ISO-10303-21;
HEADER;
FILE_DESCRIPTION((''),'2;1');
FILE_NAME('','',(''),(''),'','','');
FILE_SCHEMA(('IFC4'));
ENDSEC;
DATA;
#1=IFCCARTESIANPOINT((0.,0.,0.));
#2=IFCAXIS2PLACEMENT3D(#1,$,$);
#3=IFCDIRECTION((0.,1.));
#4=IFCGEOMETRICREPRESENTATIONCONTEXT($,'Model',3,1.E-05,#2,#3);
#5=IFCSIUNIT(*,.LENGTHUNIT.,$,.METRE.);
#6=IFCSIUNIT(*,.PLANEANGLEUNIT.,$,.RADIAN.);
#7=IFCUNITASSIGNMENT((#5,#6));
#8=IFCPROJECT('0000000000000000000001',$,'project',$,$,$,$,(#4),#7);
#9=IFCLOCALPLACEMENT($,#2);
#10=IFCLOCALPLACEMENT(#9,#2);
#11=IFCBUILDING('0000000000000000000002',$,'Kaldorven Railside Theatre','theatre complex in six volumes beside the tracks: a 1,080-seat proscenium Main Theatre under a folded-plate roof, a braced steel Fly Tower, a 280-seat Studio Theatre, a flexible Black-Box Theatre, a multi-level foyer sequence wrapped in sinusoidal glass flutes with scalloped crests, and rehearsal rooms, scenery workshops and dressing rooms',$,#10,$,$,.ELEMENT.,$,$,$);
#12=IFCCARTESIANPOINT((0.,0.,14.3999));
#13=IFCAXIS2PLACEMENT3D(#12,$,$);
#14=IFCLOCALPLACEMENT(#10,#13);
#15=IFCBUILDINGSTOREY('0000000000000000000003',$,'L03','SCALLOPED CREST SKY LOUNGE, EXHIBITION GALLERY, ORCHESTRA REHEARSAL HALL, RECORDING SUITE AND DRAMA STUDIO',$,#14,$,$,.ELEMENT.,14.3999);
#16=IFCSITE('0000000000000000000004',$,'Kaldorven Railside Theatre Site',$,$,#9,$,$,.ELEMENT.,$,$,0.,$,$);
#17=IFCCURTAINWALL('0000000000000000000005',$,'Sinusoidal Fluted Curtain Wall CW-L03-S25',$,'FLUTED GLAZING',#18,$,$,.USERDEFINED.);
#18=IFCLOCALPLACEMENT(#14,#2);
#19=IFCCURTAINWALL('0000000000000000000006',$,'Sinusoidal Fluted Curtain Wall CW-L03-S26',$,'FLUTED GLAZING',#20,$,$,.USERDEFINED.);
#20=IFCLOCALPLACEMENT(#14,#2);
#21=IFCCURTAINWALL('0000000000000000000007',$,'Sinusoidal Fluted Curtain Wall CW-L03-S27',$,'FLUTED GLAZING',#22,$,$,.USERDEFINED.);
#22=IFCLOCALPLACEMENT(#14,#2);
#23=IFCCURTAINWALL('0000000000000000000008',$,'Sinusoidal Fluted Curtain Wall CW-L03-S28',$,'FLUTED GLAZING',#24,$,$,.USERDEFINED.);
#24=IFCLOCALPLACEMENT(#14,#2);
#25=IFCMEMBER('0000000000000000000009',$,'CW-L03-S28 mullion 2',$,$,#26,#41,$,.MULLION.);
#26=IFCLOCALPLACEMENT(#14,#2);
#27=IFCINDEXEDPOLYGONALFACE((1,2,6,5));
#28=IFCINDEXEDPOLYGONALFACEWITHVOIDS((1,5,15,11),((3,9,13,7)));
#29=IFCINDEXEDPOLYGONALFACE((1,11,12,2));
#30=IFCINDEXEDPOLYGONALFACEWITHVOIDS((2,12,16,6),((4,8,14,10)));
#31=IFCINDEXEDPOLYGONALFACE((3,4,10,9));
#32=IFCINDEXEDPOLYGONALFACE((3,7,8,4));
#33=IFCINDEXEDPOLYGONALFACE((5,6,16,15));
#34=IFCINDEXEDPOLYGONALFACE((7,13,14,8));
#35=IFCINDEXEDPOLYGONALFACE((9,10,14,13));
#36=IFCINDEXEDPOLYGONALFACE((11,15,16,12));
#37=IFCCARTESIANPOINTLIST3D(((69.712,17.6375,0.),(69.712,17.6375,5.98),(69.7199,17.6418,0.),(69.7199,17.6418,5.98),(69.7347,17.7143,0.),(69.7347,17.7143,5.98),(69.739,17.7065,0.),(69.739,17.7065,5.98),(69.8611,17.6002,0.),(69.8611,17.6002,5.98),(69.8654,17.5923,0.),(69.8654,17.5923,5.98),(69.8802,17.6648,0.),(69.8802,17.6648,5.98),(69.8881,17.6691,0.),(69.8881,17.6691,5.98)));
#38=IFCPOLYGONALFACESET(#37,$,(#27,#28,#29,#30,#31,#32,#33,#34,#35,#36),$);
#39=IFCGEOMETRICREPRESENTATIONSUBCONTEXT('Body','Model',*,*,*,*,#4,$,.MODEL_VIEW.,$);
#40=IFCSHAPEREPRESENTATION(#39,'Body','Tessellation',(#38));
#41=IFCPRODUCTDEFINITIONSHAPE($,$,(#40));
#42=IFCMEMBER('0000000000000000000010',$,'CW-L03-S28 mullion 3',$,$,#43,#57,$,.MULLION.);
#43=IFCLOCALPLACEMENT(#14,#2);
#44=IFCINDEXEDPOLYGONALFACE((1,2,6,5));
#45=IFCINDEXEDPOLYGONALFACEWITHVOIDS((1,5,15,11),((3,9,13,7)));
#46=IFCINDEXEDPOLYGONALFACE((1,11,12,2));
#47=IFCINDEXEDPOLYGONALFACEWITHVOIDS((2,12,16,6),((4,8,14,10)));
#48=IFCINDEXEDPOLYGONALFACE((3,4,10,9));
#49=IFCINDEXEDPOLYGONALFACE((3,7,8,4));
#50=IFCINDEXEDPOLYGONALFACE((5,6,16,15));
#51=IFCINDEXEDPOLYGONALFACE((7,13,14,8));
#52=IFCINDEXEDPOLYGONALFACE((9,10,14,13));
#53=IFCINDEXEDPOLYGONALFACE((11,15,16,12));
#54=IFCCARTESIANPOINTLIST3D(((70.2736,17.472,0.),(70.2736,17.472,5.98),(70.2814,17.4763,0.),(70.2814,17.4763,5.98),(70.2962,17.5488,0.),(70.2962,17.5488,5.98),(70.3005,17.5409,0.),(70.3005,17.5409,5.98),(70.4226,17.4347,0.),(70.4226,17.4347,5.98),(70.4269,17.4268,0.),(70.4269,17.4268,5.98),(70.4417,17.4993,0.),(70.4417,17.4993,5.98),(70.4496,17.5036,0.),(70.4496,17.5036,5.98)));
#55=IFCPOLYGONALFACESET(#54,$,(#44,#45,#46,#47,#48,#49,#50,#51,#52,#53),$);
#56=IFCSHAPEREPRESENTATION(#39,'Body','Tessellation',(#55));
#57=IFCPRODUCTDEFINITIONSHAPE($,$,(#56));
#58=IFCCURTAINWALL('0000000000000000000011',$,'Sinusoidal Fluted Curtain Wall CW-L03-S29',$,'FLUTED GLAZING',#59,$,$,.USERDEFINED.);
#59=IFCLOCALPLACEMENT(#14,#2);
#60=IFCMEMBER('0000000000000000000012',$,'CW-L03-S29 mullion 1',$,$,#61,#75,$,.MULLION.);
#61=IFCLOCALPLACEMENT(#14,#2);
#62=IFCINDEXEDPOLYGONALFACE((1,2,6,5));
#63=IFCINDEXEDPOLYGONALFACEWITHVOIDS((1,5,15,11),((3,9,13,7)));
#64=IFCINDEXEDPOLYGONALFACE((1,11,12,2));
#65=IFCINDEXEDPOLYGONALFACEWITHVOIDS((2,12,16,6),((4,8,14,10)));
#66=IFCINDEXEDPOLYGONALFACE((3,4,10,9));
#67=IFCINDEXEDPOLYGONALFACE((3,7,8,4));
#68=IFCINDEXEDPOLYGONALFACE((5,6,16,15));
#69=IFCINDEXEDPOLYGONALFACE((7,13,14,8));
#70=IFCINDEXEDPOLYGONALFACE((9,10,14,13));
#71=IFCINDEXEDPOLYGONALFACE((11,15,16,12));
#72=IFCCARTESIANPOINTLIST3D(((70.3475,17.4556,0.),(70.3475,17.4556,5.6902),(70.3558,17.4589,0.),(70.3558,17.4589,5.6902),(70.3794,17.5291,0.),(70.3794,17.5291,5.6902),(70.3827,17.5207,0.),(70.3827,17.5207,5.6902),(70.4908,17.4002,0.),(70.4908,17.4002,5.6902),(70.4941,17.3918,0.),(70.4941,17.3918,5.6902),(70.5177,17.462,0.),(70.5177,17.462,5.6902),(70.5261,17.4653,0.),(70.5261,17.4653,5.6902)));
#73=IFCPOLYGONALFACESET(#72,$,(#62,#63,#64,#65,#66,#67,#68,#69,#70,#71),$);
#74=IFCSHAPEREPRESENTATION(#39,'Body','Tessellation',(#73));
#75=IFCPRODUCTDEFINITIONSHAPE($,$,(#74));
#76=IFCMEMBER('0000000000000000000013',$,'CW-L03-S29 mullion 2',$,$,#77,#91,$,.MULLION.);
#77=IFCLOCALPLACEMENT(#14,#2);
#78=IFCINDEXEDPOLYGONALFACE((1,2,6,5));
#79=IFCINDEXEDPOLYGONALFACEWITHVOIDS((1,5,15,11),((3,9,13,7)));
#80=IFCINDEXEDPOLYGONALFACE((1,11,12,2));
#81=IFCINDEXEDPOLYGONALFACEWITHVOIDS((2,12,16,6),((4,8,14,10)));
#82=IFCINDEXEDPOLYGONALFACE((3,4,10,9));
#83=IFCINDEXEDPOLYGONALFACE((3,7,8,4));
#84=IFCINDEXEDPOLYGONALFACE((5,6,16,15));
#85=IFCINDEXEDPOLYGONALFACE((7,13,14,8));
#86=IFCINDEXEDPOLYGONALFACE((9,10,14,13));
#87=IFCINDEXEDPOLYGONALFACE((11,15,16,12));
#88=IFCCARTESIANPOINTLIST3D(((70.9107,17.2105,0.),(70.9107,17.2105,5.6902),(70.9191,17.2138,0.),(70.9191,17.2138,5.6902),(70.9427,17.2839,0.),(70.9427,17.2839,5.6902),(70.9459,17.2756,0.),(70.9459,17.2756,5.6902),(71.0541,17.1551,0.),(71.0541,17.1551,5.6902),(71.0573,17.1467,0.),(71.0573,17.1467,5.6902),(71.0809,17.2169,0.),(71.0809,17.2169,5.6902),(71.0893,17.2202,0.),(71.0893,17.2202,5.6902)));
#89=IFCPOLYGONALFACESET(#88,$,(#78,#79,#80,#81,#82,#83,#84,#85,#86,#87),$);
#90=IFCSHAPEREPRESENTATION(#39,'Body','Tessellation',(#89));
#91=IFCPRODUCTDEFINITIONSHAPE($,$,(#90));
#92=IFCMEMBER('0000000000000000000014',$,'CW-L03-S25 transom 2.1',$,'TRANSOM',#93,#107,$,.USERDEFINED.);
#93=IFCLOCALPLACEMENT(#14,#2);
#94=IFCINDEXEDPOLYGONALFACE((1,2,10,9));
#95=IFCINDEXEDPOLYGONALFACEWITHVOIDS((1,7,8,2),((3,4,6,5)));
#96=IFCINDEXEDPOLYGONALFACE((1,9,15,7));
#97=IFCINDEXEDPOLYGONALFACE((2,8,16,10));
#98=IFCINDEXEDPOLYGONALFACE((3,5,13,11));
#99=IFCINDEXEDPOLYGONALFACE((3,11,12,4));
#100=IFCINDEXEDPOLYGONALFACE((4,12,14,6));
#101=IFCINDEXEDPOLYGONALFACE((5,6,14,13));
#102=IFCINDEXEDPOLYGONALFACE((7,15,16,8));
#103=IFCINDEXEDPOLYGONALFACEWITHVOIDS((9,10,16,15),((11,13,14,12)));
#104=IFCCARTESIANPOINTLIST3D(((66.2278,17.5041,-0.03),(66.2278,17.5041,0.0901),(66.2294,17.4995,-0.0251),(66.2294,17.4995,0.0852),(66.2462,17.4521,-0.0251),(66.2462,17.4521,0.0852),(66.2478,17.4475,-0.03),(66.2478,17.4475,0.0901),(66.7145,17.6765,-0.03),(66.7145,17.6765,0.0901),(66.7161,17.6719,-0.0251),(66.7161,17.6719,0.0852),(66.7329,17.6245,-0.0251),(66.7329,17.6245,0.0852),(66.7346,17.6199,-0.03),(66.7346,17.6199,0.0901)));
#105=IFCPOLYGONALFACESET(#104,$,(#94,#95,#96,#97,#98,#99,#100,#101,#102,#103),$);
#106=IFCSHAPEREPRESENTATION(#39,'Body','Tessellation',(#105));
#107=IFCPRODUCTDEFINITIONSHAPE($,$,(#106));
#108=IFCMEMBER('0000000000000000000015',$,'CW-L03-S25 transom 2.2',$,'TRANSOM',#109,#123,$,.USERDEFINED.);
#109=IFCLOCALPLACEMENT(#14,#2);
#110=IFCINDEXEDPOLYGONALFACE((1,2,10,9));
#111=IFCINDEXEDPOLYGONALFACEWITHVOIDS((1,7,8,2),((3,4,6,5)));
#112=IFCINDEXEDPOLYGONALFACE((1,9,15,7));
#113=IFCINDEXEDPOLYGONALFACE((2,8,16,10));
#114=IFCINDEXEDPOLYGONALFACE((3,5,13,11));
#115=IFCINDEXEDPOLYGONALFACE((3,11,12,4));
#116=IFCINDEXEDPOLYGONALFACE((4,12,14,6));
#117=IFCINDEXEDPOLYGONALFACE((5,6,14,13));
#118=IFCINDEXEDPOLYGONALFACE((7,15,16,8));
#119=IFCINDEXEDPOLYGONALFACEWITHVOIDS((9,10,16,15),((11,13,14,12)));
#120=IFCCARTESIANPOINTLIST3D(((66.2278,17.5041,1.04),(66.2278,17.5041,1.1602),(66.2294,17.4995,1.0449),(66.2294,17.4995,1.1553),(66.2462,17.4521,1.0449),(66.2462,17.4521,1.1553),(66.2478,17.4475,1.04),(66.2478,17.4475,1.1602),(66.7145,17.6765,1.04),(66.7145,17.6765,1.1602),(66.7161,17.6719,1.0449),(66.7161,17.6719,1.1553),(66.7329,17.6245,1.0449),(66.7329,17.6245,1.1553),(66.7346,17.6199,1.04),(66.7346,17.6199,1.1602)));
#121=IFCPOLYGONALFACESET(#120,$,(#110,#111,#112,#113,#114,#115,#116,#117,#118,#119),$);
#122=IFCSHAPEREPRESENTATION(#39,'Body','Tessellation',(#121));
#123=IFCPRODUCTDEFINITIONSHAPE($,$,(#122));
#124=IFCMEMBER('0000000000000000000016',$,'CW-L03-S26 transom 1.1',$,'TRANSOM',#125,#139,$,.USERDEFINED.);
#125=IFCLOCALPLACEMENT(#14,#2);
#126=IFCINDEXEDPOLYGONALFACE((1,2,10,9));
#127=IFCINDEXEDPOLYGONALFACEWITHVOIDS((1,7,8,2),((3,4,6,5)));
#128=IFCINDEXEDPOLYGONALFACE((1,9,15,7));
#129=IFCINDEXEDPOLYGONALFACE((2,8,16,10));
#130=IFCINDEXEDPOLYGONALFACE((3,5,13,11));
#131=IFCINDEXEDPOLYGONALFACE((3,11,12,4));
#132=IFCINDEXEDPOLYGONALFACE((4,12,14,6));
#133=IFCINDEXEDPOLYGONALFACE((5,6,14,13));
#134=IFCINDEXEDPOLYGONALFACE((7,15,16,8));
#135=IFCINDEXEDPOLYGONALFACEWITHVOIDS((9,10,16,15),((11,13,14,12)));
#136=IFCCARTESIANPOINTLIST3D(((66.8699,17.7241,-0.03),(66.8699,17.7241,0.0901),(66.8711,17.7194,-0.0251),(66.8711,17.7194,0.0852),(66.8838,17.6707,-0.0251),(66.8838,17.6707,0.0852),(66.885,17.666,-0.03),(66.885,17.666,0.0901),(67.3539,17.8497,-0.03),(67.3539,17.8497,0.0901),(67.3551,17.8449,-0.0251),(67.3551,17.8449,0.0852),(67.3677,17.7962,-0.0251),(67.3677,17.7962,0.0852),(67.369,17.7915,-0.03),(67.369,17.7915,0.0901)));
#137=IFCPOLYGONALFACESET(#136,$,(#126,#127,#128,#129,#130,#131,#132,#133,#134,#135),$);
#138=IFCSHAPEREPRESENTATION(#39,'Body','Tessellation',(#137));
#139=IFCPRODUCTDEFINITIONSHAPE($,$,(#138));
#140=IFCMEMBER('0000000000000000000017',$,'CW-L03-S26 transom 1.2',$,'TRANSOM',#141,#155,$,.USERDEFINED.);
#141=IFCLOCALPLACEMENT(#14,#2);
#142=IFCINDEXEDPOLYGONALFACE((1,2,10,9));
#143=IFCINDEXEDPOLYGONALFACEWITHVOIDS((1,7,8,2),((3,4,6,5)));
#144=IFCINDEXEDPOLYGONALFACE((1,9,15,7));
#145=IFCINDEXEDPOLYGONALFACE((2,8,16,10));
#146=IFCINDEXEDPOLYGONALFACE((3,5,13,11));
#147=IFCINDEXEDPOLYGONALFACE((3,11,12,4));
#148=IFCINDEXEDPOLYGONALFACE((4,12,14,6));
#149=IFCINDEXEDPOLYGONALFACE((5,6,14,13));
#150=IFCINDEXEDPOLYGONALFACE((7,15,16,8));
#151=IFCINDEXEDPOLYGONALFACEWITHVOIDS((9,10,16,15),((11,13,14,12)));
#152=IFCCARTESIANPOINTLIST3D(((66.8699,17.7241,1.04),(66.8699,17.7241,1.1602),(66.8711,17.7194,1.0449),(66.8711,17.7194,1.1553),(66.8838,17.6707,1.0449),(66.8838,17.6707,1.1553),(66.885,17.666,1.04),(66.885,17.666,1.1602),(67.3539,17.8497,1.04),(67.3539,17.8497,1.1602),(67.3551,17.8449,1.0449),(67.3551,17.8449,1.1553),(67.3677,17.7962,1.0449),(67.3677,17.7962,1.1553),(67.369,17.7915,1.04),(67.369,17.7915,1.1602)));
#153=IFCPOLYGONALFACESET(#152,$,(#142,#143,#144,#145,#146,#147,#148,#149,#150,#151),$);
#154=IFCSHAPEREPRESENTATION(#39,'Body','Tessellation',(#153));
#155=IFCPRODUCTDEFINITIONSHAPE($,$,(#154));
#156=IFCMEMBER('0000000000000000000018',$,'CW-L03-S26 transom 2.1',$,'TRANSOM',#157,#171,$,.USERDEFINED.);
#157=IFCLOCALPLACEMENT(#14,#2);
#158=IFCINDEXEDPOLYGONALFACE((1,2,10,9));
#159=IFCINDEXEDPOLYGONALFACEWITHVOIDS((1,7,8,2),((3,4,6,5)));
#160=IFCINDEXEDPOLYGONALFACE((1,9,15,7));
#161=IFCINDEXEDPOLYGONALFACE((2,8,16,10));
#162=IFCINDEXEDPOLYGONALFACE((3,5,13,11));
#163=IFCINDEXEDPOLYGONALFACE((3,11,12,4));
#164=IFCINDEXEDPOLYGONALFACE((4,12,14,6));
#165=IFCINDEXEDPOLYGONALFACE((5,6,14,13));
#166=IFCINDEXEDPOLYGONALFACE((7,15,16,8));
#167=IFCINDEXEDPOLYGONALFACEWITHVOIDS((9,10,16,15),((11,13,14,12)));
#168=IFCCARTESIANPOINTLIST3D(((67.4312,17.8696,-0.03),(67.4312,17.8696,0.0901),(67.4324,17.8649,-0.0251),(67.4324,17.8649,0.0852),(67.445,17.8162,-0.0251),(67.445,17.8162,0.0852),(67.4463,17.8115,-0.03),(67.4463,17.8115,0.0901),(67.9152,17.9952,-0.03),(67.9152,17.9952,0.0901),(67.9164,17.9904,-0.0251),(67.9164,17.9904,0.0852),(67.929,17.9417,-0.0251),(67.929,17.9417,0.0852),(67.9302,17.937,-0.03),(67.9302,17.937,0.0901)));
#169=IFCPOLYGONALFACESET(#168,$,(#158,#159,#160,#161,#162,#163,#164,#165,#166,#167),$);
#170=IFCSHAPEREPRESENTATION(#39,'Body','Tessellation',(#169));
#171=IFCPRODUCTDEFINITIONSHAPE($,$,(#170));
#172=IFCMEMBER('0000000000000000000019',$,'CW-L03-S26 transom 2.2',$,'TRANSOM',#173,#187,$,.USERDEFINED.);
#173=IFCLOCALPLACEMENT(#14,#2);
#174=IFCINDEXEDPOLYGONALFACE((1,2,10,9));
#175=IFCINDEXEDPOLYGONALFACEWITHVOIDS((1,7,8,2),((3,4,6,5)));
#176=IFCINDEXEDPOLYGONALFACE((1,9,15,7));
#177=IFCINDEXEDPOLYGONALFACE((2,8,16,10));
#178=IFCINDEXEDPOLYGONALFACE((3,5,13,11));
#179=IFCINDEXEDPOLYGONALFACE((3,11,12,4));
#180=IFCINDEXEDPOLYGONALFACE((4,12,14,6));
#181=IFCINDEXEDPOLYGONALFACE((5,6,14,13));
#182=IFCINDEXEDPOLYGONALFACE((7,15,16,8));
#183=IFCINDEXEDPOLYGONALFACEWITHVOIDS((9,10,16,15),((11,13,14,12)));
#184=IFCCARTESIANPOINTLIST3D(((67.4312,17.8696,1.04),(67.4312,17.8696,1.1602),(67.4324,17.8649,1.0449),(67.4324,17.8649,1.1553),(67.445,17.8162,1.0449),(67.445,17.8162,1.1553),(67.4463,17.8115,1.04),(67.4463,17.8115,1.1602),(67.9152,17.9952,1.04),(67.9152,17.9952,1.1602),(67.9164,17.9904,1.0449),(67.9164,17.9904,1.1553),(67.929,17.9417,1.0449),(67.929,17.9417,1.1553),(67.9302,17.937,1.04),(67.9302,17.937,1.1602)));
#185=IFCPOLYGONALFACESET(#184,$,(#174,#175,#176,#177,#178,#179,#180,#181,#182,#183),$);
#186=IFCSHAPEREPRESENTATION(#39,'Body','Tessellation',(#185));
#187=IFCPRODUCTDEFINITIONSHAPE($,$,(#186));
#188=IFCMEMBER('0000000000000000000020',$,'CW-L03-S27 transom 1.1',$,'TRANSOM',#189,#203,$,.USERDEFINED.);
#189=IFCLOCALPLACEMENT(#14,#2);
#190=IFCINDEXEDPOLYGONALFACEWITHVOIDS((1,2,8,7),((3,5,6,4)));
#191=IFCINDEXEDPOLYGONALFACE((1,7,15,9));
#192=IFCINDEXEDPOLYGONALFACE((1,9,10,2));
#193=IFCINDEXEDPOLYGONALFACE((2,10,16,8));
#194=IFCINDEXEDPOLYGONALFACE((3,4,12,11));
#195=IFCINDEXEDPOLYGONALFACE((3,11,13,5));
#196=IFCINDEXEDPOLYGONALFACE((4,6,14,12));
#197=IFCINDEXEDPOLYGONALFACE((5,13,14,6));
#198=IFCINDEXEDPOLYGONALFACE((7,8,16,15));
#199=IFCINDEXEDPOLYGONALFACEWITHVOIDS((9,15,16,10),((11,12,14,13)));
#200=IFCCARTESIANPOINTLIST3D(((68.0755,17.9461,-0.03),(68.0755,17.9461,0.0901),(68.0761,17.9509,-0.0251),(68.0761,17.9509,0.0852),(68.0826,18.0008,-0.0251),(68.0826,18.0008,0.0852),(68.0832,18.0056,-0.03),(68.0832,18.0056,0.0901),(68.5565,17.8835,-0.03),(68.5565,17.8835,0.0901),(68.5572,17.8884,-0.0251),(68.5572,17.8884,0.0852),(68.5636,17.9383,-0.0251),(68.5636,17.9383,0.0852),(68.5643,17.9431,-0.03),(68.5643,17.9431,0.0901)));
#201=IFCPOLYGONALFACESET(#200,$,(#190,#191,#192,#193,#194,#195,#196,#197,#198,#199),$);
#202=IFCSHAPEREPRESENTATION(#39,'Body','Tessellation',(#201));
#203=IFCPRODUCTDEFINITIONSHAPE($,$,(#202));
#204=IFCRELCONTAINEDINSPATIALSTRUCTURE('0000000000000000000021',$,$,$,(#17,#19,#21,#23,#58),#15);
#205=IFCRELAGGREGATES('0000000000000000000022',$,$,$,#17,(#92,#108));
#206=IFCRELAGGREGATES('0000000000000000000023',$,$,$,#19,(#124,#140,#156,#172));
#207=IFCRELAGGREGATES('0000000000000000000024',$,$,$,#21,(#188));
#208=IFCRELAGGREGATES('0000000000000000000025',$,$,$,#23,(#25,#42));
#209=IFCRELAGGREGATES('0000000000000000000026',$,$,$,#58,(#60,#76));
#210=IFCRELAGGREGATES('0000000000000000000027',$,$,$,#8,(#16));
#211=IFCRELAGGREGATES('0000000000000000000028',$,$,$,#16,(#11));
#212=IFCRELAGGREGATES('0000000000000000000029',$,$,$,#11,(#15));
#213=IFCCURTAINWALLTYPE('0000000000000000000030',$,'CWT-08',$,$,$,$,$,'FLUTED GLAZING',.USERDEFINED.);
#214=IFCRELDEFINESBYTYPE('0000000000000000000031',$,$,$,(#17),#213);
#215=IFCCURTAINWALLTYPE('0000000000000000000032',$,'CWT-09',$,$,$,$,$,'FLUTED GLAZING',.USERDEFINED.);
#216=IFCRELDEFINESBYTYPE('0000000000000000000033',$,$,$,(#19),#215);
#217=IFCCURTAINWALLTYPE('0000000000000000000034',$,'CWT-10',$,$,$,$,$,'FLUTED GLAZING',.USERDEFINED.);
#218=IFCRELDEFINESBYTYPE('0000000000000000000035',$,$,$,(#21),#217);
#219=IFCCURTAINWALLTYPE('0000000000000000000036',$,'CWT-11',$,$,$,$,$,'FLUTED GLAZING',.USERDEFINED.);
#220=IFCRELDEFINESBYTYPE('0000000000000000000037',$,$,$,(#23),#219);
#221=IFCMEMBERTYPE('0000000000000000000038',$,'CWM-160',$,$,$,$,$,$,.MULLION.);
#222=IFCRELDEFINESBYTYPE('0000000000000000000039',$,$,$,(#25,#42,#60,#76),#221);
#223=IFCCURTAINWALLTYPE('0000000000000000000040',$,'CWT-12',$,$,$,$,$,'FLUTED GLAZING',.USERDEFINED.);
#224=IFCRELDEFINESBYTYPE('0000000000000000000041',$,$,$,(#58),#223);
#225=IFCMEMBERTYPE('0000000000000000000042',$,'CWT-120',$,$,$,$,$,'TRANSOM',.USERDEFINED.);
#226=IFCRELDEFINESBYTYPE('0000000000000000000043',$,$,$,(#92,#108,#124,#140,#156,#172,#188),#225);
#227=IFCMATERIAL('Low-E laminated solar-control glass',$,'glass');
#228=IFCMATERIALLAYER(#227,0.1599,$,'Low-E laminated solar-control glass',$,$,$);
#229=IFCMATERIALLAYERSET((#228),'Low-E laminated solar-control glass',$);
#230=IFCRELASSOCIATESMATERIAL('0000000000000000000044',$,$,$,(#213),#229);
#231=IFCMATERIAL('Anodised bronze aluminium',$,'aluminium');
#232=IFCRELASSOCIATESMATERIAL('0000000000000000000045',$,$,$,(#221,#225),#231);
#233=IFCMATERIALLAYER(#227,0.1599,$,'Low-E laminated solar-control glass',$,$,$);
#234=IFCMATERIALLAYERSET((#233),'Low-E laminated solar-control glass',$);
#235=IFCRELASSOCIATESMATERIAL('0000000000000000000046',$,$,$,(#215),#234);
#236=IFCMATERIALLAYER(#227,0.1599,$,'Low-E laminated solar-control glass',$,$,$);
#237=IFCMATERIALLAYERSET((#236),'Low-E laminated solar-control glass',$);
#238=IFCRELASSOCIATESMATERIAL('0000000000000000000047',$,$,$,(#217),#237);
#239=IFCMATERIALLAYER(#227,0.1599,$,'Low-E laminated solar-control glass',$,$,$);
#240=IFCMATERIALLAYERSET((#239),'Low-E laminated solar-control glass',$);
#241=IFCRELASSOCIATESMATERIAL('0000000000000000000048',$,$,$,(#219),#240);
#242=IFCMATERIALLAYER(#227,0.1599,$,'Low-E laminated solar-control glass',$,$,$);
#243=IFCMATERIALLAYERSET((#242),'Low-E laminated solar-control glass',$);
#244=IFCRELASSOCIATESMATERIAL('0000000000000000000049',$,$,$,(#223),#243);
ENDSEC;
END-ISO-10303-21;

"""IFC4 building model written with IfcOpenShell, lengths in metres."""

from ifc_helpers import new_model, si_unit, direction, frame, origin, origin_2d, place, context, subcontext, project, spatial, hollow_rectangle, extrude, material, layer, layer_set, material_profile, profile_set, type_object, element, aggregate, save


model = new_model("IFC4")

# Units and contexts
model_context = context("Model", 3, precision=1e-05, world=origin(), true_north=direction((0.0, 1.0)))
body_context = subcontext(model_context, "Body", "Model", "MODEL_VIEW")
ifc_project = project(units=[si_unit("LENGTHUNIT", "METRE"), si_unit("PLANEANGLEUNIT", "RADIAN")], contexts=[model_context])

# Site, building, storey
site_placement = place(None, origin())
site = spatial("IfcSite", under=ifc_project, at=site_placement, Name="Kaldorven Railside Theatre Site", CompositionType="ELEMENT", RefElevation=0.0)
building_placement = place(site_placement, origin())
building = spatial("IfcBuilding", under=site, at=building_placement, Name="Kaldorven Railside Theatre", Description="theatre complex in six volumes beside the tracks: a 1,080-seat proscenium Main Theatre under a folded-plate roof, a braced steel Fly Tower, a 280-seat Studio Theatre, a flexible Black-Box Theatre, a multi-level foyer sequence wrapped in sinusoidal glass flutes with scalloped crests, and rehearsal rooms, scenery workshops and dressing rooms", CompositionType="ELEMENT")
storey_placement = place(building_placement, frame((0.0, 0.0, 14.3999)))
storey = spatial("IfcBuildingStorey", under=building, at=storey_placement, Name="L03", Description="SCALLOPED CREST SKY LOUNGE, EXHIBITION GALLERY, ORCHESTRA REHEARSAL HALL, RECORDING SUITE AND DRAMA STUDIO", CompositionType="ELEMENT", Elevation=14.3999)

# Curtain walls, members
ifc_material_1 = material(Name="Low-E laminated solar-control glass", Category="glass")
ifc_layer_1 = layer(ifc_material_1, 0.1599, Name="Low-E laminated solar-control glass")
ifc_layer_set_1 = layer_set([ifc_layer_1], Name="Low-E laminated solar-control glass")
curtain_wall_type_1 = type_object("IfcCurtainWallType", Name="CWT-08", ElementType="FLUTED GLAZING", PredefinedType="USERDEFINED", material=ifc_layer_set_1)
curtain_wall_1_placement = place(storey_placement, origin())
curtain_wall_1 = element("IfcCurtainWall", 1, at=curtain_wall_1_placement, inside=storey, type_object=curtain_wall_type_1, Name="Sinusoidal Fluted Curtain Wall CW-L03-S25", ObjectType="FLUTED GLAZING", PredefinedType="USERDEFINED")
ifc_material_2 = material(Name="Anodised bronze aluminium", Category="aluminium")
ifc_material_profile_1 = material_profile(ifc_material_2, hollow_rectangle(XDim=0.0801, YDim=0.1599, WallThickness=0.0063, at=origin_2d()), Name="RHS 160x80x6.3")
ifc_profile_set_1 = profile_set([ifc_material_profile_1], Name="Anodised bronze aluminium")
member_type_1 = type_object("IfcMemberType", Name="CWM-160", PredefinedType="MULLION", material=ifc_profile_set_1)
ifc_layer_2 = layer(ifc_material_1, 0.1599, Name="Low-E laminated solar-control glass")
ifc_layer_set_2 = layer_set([ifc_layer_2], Name="Low-E laminated solar-control glass")
curtain_wall_type_2 = type_object("IfcCurtainWallType", Name="CWT-09", ElementType="FLUTED GLAZING", PredefinedType="USERDEFINED", material=ifc_layer_set_2)
curtain_wall_2_placement = place(storey_placement, origin())
curtain_wall_2 = element("IfcCurtainWall", 2, at=curtain_wall_2_placement, inside=storey, type_object=curtain_wall_type_2, Name="Sinusoidal Fluted Curtain Wall CW-L03-S26", ObjectType="FLUTED GLAZING", PredefinedType="USERDEFINED")
ifc_layer_3 = layer(ifc_material_1, 0.1599, Name="Low-E laminated solar-control glass")
ifc_layer_set_3 = layer_set([ifc_layer_3], Name="Low-E laminated solar-control glass")
curtain_wall_type_3 = type_object("IfcCurtainWallType", Name="CWT-10", ElementType="FLUTED GLAZING", PredefinedType="USERDEFINED", material=ifc_layer_set_3)
curtain_wall_3_placement = place(storey_placement, origin())
curtain_wall_3 = element("IfcCurtainWall", 3, at=curtain_wall_3_placement, inside=storey, type_object=curtain_wall_type_3, Name="Sinusoidal Fluted Curtain Wall CW-L03-S27", ObjectType="FLUTED GLAZING", PredefinedType="USERDEFINED")
ifc_layer_4 = layer(ifc_material_1, 0.1599, Name="Low-E laminated solar-control glass")
ifc_layer_set_4 = layer_set([ifc_layer_4], Name="Low-E laminated solar-control glass")
curtain_wall_type_4 = type_object("IfcCurtainWallType", Name="CWT-11", ElementType="FLUTED GLAZING", PredefinedType="USERDEFINED", material=ifc_layer_set_4)
curtain_wall_4_placement = place(storey_placement, origin())
curtain_wall_4 = element("IfcCurtainWall", 4, at=curtain_wall_4_placement, inside=storey, type_object=curtain_wall_type_4, Name="Sinusoidal Fluted Curtain Wall CW-L03-S28", ObjectType="FLUTED GLAZING", PredefinedType="USERDEFINED")
member_1_placement = place(storey_placement, frame((69.8, 17.6533, 0.0), z_axis=(0.0, 0.0, 1.0), x_axis=(0.282872, 0.959158, 0.0)))
member_1 = element("IfcMember", 5, at=member_1_placement, type_object=member_type_1, Name="CW-L03-S28 mullion 2", PredefinedType="MULLION", context=body_context, shape_type="SweptSolid", body=[
    extrude(hollow_rectangle(XDim=0.0801, YDim=0.1599, WallThickness=0.0063, at=origin_2d()), origin(), (0.0, 0.0, 1.0), 5.98),
])
member_2_placement = place(storey_placement, frame((70.3616, 17.4878, 0.0), z_axis=(0.0, 0.0, 1.0), x_axis=(0.282872, 0.959158, 0.0)))
member_2 = element("IfcMember", 6, at=member_2_placement, type_object=member_type_1, Name="CW-L03-S28 mullion 3", PredefinedType="MULLION", context=body_context, shape_type="SweptSolid", body=[
    extrude(hollow_rectangle(XDim=0.0801, YDim=0.1599, WallThickness=0.0063, at=origin_2d()), origin(), (0.0, 0.0, 1.0), 5.98),
])
ifc_layer_5 = layer(ifc_material_1, 0.1599, Name="Low-E laminated solar-control glass")
ifc_layer_set_5 = layer_set([ifc_layer_5], Name="Low-E laminated solar-control glass")
curtain_wall_type_5 = type_object("IfcCurtainWallType", Name="CWT-12", ElementType="FLUTED GLAZING", PredefinedType="USERDEFINED", material=ifc_layer_set_5)
curtain_wall_5_placement = place(storey_placement, origin())
curtain_wall_5 = element("IfcCurtainWall", 7, at=curtain_wall_5_placement, inside=storey, type_object=curtain_wall_type_5, Name="Sinusoidal Fluted Curtain Wall CW-L03-S29", ObjectType="FLUTED GLAZING", PredefinedType="USERDEFINED")
member_3_placement = place(storey_placement, frame((70.4368, 17.4604, 0.0), z_axis=(0.0, 0.0, 1.0), x_axis=(0.398894, 0.916997, 0.0)))
member_3 = element("IfcMember", 8, at=member_3_placement, type_object=member_type_1, Name="CW-L03-S29 mullion 1", PredefinedType="MULLION", context=body_context, shape_type="SweptSolid", body=[
    extrude(hollow_rectangle(XDim=0.0801, YDim=0.1599, WallThickness=0.0063, at=origin_2d()), origin(), (0.0, 0.0, 1.0), 5.6902),
])
member_4_placement = place(storey_placement, frame((71.0, 17.2153, 0.0), z_axis=(0.0, 0.0, 1.0), x_axis=(0.398894, 0.916997, 0.0)))
member_4 = element("IfcMember", 9, at=member_4_placement, type_object=member_type_1, Name="CW-L03-S29 mullion 2", PredefinedType="MULLION", context=body_context, shape_type="SweptSolid", body=[
    extrude(hollow_rectangle(XDim=0.0801, YDim=0.1599, WallThickness=0.0063, at=origin_2d()), origin(), (0.0, 0.0, 1.0), 5.6902),
])

# Members
ifc_material_profile_2 = material_profile(ifc_material_2, hollow_rectangle(XDim=0.0601, YDim=0.1201, WallThickness=0.0049, at=origin_2d()), Name="RHS 120x60x5")
ifc_profile_set_2 = profile_set([ifc_material_profile_2], Name="Anodised bronze aluminium")
member_type_2 = type_object("IfcMemberType", Name="CWT-120", ElementType="TRANSOM", PredefinedType="USERDEFINED", material=ifc_profile_set_2)
member_5_placement = place(storey_placement, frame((66.2378, 17.4758, 0.03), z_axis=(0.942658, 0.33376, 0.0), x_axis=(-0.33376, 0.942658, 0.0)))
member_5 = element("IfcMember", 10, at=member_5_placement, type_object=member_type_2, Name="CW-L03-S25 transom 2.1", ObjectType="TRANSOM", PredefinedType="USERDEFINED", context=body_context, shape_type="SweptSolid", body=[
    extrude(hollow_rectangle(XDim=0.0601, YDim=0.1201, WallThickness=0.0049, at=origin_2d()), origin(), (0.0, 0.0, 1.0), 0.5164),
])
member_6_placement = place(storey_placement, frame((66.2378, 17.4758, 1.1001), z_axis=(0.942658, 0.33376, 0.0), x_axis=(-0.33376, 0.942658, 0.0)))
member_6 = element("IfcMember", 11, at=member_6_placement, type_object=member_type_2, Name="CW-L03-S25 transom 2.2", ObjectType="TRANSOM", PredefinedType="USERDEFINED", context=body_context, shape_type="SweptSolid", body=[
    extrude(hollow_rectangle(XDim=0.0601, YDim=0.1201, WallThickness=0.0049, at=origin_2d()), origin(), (0.0, 0.0, 1.0), 0.5164),
])
member_7_placement = place(storey_placement, frame((66.8774, 17.6951, 0.03), z_axis=(0.967979, 0.25103, 0.0), x_axis=(-0.25103, 0.967979, 0.0)))
member_7 = element("IfcMember", 12, at=member_7_placement, type_object=member_type_2, Name="CW-L03-S26 transom 1.1", ObjectType="TRANSOM", PredefinedType="USERDEFINED", context=body_context, shape_type="SweptSolid", body=[
    extrude(hollow_rectangle(XDim=0.0601, YDim=0.1201, WallThickness=0.0049, at=origin_2d()), origin(), (0.0, 0.0, 1.0), 0.5),
])
member_8_placement = place(storey_placement, frame((66.8774, 17.6951, 1.1001), z_axis=(0.967979, 0.25103, 0.0), x_axis=(-0.25103, 0.967979, 0.0)))
member_8 = element("IfcMember", 13, at=member_8_placement, type_object=member_type_2, Name="CW-L03-S26 transom 1.2", ObjectType="TRANSOM", PredefinedType="USERDEFINED", context=body_context, shape_type="SweptSolid", body=[
    extrude(hollow_rectangle(XDim=0.0601, YDim=0.1201, WallThickness=0.0049, at=origin_2d()), origin(), (0.0, 0.0, 1.0), 0.5),
])
member_9_placement = place(storey_placement, frame((67.4387, 17.8406, 0.03), z_axis=(0.967979, 0.25103, 0.0), x_axis=(-0.25103, 0.967979, 0.0)))
member_9 = element("IfcMember", 14, at=member_9_placement, type_object=member_type_2, Name="CW-L03-S26 transom 2.1", ObjectType="TRANSOM", PredefinedType="USERDEFINED", context=body_context, shape_type="SweptSolid", body=[
    extrude(hollow_rectangle(XDim=0.0601, YDim=0.1201, WallThickness=0.0049, at=origin_2d()), origin(), (0.0, 0.0, 1.0), 0.5),
])
member_10_placement = place(storey_placement, frame((67.4387, 17.8406, 1.1001), z_axis=(0.967979, 0.25103, 0.0), x_axis=(-0.25103, 0.967979, 0.0)))
member_10 = element("IfcMember", 15, at=member_10_placement, type_object=member_type_2, Name="CW-L03-S26 transom 2.2", ObjectType="TRANSOM", PredefinedType="USERDEFINED", context=body_context, shape_type="SweptSolid", body=[
    extrude(hollow_rectangle(XDim=0.0601, YDim=0.1201, WallThickness=0.0049, at=origin_2d()), origin(), (0.0, 0.0, 1.0), 0.5),
])
member_11_placement = place(storey_placement, frame((68.0793, 17.9758, 0.03), z_axis=(0.991662, -0.128866, 0.0), x_axis=(0.128866, 0.991662, 0.0)))
member_11 = element("IfcMember", 16, at=member_11_placement, type_object=member_type_2, Name="CW-L03-S27 transom 1.1", ObjectType="TRANSOM", PredefinedType="USERDEFINED", context=body_context, shape_type="SweptSolid", body=[
    extrude(hollow_rectangle(XDim=0.0601, YDim=0.1201, WallThickness=0.0049, at=origin_2d()), origin(), (0.0, 0.0, 1.0), 0.4851),
])

aggregate(curtain_wall_1, [member_5, member_6])
aggregate(curtain_wall_2, [member_7, member_8, member_9, member_10])
aggregate(curtain_wall_3, [member_11])
aggregate(curtain_wall_4, [member_1, member_2])
aggregate(curtain_wall_5, [member_3, member_4])

save(model, "model.ifc")
